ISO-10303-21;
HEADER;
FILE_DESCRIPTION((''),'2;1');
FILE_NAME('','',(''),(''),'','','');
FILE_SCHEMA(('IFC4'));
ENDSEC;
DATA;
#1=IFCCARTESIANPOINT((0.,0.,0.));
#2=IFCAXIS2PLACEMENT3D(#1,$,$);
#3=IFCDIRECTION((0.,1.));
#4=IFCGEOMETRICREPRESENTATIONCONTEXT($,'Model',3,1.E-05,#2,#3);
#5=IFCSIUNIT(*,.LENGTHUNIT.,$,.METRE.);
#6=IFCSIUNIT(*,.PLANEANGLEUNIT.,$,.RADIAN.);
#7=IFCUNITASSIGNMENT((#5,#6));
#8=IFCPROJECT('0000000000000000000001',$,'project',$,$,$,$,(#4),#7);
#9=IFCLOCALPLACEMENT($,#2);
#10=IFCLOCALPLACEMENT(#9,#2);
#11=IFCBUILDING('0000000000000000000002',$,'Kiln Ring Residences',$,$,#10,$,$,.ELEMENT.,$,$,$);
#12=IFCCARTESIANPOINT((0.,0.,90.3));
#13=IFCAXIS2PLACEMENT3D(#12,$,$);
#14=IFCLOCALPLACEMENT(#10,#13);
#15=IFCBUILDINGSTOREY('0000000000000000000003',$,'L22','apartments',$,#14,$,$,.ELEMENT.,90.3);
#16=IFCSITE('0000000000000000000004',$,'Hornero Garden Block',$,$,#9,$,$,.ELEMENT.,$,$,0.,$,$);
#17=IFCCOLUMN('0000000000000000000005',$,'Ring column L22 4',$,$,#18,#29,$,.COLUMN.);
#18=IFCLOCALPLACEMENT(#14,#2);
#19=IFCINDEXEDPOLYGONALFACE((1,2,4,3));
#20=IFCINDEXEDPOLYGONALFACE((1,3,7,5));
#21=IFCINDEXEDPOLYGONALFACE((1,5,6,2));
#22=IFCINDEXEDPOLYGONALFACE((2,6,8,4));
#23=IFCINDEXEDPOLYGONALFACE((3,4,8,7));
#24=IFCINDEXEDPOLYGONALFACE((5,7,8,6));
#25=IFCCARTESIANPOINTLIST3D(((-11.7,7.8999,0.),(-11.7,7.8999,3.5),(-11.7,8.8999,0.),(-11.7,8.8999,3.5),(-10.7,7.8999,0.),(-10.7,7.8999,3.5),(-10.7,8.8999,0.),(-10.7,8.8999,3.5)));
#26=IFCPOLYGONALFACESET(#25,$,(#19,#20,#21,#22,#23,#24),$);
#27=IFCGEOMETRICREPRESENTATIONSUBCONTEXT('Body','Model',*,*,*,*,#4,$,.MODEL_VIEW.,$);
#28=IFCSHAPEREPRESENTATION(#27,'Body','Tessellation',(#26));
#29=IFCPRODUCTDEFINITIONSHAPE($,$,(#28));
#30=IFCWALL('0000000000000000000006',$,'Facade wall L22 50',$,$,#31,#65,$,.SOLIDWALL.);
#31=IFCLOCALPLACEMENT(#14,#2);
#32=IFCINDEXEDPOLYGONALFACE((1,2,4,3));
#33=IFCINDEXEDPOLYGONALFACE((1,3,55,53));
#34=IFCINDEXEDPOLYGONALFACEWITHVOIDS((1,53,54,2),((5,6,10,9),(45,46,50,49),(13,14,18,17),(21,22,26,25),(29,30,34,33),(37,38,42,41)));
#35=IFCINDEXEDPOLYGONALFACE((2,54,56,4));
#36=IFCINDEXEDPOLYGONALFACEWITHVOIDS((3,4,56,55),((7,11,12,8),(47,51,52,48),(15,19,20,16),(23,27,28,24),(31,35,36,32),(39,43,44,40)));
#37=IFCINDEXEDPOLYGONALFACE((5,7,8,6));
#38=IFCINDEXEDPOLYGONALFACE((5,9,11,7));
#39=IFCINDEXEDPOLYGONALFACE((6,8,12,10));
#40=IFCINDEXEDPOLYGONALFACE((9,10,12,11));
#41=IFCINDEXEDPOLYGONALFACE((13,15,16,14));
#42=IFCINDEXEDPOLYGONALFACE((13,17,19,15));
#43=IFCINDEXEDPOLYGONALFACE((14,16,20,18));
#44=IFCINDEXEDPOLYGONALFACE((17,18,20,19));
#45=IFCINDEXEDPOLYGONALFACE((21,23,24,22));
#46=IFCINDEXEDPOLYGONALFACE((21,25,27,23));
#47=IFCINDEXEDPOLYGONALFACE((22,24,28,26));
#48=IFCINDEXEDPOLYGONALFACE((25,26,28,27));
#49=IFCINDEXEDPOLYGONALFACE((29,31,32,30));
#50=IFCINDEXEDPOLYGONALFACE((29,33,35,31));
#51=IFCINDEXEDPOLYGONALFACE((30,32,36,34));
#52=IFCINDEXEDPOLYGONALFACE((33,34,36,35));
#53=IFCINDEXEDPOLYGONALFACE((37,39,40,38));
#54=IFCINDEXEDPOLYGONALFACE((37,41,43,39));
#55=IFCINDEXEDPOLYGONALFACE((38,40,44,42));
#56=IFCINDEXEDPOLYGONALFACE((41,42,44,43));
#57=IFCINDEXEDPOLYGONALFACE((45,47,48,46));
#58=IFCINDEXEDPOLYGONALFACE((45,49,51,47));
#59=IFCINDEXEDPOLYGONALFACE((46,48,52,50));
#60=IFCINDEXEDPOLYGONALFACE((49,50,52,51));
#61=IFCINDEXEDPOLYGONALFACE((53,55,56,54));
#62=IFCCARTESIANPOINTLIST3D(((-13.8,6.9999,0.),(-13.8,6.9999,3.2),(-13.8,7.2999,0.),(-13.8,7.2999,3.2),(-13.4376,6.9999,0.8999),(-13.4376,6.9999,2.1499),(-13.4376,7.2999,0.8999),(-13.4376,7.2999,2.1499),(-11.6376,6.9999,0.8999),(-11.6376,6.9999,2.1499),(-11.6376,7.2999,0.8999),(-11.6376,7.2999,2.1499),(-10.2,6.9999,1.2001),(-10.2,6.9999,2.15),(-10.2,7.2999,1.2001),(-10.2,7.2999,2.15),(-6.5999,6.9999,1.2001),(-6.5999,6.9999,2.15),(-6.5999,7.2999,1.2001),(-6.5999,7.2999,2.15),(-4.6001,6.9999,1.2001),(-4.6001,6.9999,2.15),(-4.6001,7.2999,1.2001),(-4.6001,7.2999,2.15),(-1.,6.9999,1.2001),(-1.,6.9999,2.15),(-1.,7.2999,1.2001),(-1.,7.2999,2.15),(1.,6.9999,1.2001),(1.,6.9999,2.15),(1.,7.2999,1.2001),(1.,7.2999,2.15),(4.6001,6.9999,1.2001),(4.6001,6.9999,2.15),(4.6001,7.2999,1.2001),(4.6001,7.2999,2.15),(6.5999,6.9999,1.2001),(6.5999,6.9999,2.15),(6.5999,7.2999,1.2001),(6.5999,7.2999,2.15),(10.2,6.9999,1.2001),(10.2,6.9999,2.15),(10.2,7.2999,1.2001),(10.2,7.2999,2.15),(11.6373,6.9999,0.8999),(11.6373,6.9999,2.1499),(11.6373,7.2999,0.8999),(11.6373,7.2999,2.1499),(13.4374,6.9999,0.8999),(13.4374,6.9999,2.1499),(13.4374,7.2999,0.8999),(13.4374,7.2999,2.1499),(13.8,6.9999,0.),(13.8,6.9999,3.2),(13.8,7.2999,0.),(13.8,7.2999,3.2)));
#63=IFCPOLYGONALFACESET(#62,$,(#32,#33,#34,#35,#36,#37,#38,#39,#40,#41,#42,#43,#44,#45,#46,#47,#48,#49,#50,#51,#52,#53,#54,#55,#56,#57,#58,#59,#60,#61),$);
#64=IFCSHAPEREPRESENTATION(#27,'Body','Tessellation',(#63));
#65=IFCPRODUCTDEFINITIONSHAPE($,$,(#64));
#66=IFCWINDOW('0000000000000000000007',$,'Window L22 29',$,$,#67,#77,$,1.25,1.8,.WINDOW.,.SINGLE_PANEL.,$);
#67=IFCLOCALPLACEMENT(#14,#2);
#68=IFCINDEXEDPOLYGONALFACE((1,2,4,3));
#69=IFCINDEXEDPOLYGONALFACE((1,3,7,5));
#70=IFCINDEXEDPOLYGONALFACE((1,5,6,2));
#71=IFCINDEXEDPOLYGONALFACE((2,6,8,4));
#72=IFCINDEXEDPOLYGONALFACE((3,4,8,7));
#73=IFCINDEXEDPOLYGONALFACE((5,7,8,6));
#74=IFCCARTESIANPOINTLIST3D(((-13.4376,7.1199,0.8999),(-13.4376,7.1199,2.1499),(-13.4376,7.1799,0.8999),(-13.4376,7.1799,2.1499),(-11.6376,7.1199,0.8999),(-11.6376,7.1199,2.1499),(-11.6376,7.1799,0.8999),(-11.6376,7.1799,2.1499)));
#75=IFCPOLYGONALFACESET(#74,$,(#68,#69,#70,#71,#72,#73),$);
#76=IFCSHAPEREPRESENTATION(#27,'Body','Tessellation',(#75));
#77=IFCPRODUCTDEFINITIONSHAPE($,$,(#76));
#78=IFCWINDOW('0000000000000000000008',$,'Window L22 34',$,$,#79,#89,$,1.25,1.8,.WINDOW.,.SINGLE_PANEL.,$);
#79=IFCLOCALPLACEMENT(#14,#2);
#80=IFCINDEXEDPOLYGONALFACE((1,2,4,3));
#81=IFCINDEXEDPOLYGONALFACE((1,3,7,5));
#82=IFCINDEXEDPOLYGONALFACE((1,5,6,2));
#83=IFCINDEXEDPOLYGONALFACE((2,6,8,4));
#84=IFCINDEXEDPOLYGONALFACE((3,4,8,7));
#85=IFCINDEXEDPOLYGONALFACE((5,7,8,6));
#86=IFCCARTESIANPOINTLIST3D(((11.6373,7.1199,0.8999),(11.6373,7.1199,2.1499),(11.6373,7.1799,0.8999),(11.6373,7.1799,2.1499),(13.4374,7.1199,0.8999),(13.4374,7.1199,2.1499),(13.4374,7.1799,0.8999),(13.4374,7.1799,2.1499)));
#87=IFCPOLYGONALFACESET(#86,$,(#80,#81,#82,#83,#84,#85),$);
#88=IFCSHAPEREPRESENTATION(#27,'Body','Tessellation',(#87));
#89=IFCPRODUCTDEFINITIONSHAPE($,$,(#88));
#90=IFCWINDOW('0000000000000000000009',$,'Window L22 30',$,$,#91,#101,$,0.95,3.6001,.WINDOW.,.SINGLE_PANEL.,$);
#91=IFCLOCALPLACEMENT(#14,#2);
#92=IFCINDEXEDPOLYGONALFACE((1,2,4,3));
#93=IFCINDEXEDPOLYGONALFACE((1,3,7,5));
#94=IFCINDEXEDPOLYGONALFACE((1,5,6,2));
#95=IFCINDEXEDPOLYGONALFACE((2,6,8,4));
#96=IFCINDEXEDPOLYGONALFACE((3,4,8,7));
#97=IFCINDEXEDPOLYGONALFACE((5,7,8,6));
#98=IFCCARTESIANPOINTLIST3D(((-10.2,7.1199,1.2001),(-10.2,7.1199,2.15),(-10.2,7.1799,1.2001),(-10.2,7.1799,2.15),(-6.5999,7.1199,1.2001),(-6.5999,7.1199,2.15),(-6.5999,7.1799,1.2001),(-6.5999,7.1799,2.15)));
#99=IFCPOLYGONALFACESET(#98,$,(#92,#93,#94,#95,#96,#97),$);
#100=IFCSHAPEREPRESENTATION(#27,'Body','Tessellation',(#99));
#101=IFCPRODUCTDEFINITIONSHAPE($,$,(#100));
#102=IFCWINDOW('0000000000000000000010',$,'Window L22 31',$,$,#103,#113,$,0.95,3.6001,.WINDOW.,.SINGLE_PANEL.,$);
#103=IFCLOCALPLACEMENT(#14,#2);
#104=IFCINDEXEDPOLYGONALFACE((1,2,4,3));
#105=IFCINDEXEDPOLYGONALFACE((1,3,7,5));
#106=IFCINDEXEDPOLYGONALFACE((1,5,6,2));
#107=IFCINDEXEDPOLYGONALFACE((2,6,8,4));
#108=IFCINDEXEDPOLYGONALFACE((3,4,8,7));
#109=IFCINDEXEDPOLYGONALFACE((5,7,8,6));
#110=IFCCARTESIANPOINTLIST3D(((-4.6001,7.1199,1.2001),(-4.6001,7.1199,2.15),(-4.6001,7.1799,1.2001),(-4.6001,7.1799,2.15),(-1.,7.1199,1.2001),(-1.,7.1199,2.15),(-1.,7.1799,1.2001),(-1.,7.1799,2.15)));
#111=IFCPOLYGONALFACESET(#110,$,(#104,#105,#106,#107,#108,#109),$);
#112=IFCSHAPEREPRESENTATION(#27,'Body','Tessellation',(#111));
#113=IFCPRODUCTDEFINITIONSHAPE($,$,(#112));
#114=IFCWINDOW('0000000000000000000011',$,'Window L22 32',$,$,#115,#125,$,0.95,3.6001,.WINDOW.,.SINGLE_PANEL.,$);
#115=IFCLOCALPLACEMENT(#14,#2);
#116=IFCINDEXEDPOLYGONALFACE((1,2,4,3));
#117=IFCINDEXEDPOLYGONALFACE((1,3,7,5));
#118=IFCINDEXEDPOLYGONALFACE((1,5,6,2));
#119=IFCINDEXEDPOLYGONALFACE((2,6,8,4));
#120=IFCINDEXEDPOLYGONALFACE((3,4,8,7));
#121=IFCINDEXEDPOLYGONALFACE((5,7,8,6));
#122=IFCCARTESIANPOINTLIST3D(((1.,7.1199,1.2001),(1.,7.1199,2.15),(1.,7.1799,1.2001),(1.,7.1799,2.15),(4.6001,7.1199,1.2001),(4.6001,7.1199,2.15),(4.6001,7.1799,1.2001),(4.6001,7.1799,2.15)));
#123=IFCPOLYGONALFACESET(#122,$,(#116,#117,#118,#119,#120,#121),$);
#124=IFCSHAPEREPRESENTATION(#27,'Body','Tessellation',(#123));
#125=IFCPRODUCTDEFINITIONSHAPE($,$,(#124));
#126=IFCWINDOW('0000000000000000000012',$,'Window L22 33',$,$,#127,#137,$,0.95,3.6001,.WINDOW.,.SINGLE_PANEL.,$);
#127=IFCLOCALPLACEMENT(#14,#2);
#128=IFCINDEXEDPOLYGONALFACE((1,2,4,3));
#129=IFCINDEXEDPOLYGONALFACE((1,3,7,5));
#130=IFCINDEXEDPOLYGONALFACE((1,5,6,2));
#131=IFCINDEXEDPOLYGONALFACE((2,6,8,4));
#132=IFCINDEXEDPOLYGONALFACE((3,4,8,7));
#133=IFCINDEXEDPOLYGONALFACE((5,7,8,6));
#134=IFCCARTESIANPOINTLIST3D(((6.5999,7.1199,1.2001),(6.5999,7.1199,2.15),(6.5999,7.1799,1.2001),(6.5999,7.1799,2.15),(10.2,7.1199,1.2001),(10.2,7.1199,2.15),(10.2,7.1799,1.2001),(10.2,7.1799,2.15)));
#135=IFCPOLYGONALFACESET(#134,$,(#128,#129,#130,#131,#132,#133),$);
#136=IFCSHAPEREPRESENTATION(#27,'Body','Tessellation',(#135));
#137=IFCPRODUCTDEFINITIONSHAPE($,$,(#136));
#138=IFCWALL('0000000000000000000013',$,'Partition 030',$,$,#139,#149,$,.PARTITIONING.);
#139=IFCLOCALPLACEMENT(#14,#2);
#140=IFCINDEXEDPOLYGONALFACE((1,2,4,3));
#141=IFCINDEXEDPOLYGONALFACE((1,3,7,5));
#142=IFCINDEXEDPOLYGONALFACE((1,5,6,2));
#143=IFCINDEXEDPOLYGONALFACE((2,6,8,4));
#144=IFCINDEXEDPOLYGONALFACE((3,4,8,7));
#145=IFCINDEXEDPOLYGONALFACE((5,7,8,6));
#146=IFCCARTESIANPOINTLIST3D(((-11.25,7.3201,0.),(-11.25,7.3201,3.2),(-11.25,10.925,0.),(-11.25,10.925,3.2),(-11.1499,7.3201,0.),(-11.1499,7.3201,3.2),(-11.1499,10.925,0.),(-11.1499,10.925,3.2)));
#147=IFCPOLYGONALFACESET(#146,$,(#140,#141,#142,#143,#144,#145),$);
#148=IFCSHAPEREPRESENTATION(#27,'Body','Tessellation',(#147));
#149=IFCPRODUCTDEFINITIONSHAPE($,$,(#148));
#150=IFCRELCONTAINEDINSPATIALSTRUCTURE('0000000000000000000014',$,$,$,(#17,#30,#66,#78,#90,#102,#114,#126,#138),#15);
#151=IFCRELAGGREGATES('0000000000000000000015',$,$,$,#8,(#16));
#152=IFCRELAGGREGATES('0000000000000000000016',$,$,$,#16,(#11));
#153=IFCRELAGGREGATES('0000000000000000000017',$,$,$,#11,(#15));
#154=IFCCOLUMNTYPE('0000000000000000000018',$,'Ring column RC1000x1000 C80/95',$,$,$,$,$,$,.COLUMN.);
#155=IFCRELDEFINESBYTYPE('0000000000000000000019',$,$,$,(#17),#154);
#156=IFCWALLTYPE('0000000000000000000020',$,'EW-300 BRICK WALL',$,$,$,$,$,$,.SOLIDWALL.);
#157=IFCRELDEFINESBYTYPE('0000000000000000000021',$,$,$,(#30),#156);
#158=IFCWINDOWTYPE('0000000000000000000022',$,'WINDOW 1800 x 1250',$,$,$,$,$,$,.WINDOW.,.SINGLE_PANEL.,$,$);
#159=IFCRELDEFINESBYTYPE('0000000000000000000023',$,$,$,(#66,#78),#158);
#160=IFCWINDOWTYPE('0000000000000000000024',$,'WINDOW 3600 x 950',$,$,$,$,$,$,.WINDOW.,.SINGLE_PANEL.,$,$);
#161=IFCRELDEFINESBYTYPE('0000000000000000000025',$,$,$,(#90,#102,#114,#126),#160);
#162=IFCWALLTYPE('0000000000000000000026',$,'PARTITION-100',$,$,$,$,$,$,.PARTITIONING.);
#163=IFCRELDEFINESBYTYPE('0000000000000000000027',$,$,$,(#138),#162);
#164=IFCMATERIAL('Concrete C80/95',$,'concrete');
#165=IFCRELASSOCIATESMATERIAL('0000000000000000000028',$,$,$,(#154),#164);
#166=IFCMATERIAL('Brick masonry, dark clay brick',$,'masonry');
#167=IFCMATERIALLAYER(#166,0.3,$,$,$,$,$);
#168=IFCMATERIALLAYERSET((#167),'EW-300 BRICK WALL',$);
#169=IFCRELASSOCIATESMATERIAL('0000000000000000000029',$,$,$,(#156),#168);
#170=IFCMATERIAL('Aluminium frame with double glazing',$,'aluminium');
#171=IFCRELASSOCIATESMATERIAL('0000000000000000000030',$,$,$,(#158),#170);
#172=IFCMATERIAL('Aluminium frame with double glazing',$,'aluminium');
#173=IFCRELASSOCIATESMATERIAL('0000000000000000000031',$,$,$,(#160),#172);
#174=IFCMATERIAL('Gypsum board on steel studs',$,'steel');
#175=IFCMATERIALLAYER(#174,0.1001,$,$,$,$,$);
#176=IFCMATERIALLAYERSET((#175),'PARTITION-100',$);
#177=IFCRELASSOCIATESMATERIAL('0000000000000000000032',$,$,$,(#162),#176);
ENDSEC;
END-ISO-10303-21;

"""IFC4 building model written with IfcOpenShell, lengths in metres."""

from ifc_helpers import new_model, si_unit, direction, frame, frame_2d, origin, origin_2d, place, context, subcontext, project, spatial, rectangle, extrude, material, layer, layer_set, material_profile, profile_set, type_object, element, fill, save


model = new_model("IFC4")

# Units and contexts
model_context = context("Model", 3, precision=1e-05, world=origin(), true_north=direction((0.0, 1.0)))
body_context = subcontext(model_context, "Body", "Model", "MODEL_VIEW")
ifc_project = project(units=[si_unit("LENGTHUNIT", "METRE"), si_unit("PLANEANGLEUNIT", "RADIAN")], contexts=[model_context])

# Site, building, storey
site_placement = place(None, origin())
site = spatial("IfcSite", under=ifc_project, at=site_placement, Name="Hornero Garden Block", CompositionType="ELEMENT", RefElevation=0.0)
building_placement = place(site_placement, origin())
building = spatial("IfcBuilding", under=site, at=building_placement, Name="Kiln Ring Residences", CompositionType="ELEMENT")
storey_placement = place(building_placement, frame((0.0, 0.0, 90.3)))
storey = spatial("IfcBuildingStorey", under=building, at=storey_placement, Name="L22", Description="apartments", CompositionType="ELEMENT", Elevation=90.3)

# Column
ifc_material_1 = material(Name="Concrete C80/95", Category="concrete")
ifc_material_profile = material_profile(ifc_material_1, rectangle(XDim=1.0, YDim=1.0, at=origin_2d()), Name="RC1000x1000")
ifc_profile_set = profile_set([ifc_material_profile], Name="Concrete C80/95")
column_type = type_object("IfcColumnType", Name="Ring column RC1000x1000 C80/95", PredefinedType="COLUMN", material=ifc_profile_set)
column_placement = place(storey_placement, frame((-11.2, 8.3999, 0.0), z_axis=(0.0, 0.0, 1.0), x_axis=(1.0, 0.0, 0.0)))
element("IfcColumn", 1, at=column_placement, inside=storey, type_object=column_type, Name="Ring column L22 4", PredefinedType="COLUMN", context=body_context, shape_type="SweptSolid", body=[
    extrude(rectangle(XDim=1.0, YDim=1.0, at=origin_2d()), origin(), (0.0, 0.0, 1.0), 3.5),
])

# Wall, openings, windows
ifc_material_2 = material(Name="Brick masonry, dark clay brick", Category="masonry")
ifc_layer_1 = layer(ifc_material_2, 0.3)
ifc_layer_set_1 = layer_set([ifc_layer_1], Name="EW-300 BRICK WALL")
wall_type_1 = type_object("IfcWallType", Name="EW-300 BRICK WALL", PredefinedType="SOLIDWALL", material=ifc_layer_set_1)
wall_1_placement = place(storey_placement, frame((-13.8, 7.1499, 0.0), z_axis=(0.0, 0.0, 1.0), x_axis=(1.0, 0.0, 0.0)))
wall_1 = element("IfcWall", 2, at=wall_1_placement, inside=storey, type_object=wall_type_1, Name="Facade wall L22 50", PredefinedType="SOLIDWALL", context=body_context, shape_type="SweptSolid", body=[
    extrude(rectangle(XDim=27.6001, YDim=0.3, at=frame_2d((13.8, 0.0))), origin(), (0.0, 0.0, 1.0), 3.2),
])
opening_1_placement = place(wall_1_placement, frame((0.3625, 0.0, 0.8999)))
opening_1 = element("IfcOpeningElement", 3, at=opening_1_placement, cuts=wall_1, PredefinedType="OPENING", context=body_context, shape_type="SweptSolid", body=[
    extrude(rectangle(XDim=1.8, YDim=1.25, at=frame_2d((0.8999, 0.625))), frame((0.0, 0.1599, 0.0), z_axis=(0.0, -1.0, 0.0), x_axis=(1.0, 0.0, 0.0)), (0.0, 0.0, 1.0), 0.3201),
])
opening_2_placement = place(wall_1_placement, frame((3.6001, 0.0, 1.2)))
opening_2 = element("IfcOpeningElement", 4, at=opening_2_placement, cuts=wall_1, PredefinedType="OPENING", context=body_context, shape_type="SweptSolid", body=[
    extrude(rectangle(XDim=3.6001, YDim=0.95, at=frame_2d((1.8, 0.4751))), frame((0.0, 0.1599, 0.0), z_axis=(0.0, -1.0, 0.0), x_axis=(1.0, 0.0, 0.0)), (0.0, 0.0, 1.0), 0.3201),
])
opening_3_placement = place(wall_1_placement, frame((9.2, 0.0, 1.2)))
opening_3 = element("IfcOpeningElement", 5, at=opening_3_placement, cuts=wall_1, PredefinedType="OPENING", context=body_context, shape_type="SweptSolid", body=[
    extrude(rectangle(XDim=3.6001, YDim=0.95, at=frame_2d((1.8, 0.4751))), frame((0.0, 0.1599, 0.0), z_axis=(0.0, -1.0, 0.0), x_axis=(1.0, 0.0, 0.0)), (0.0, 0.0, 1.0), 0.3201),
])
opening_4_placement = place(wall_1_placement, frame((14.8, 0.0, 1.2)))
opening_4 = element("IfcOpeningElement", 6, at=opening_4_placement, cuts=wall_1, PredefinedType="OPENING", context=body_context, shape_type="SweptSolid", body=[
    extrude(rectangle(XDim=3.6001, YDim=0.95, at=frame_2d((1.8, 0.4751))), frame((0.0, 0.1599, 0.0), z_axis=(0.0, -1.0, 0.0), x_axis=(1.0, 0.0, 0.0)), (0.0, 0.0, 1.0), 0.3201),
])
opening_5_placement = place(wall_1_placement, frame((20.3999, 0.0, 1.2)))
opening_5 = element("IfcOpeningElement", 7, at=opening_5_placement, cuts=wall_1, PredefinedType="OPENING", context=body_context, shape_type="SweptSolid", body=[
    extrude(rectangle(XDim=3.6001, YDim=0.95, at=frame_2d((1.8, 0.4751))), frame((0.0, 0.1599, 0.0), z_axis=(0.0, -1.0, 0.0), x_axis=(1.0, 0.0, 0.0)), (0.0, 0.0, 1.0), 0.3201),
])
opening_6_placement = place(wall_1_placement, frame((25.4375, 0.0, 0.8999)))
opening_6 = element("IfcOpeningElement", 8, at=opening_6_placement, cuts=wall_1, PredefinedType="OPENING", context=body_context, shape_type="SweptSolid", body=[
    extrude(rectangle(XDim=1.8, YDim=1.25, at=frame_2d((0.8999, 0.625))), frame((0.0, 0.1599, 0.0), z_axis=(0.0, -1.0, 0.0), x_axis=(1.0, 0.0, 0.0)), (0.0, 0.0, 1.0), 0.3201),
])
ifc_material_3 = material(Name="Aluminium frame with double glazing", Category="aluminium")
window_type_1 = type_object("IfcWindowType", Name="WINDOW 1800 x 1250", PartitioningType="SINGLE_PANEL", PredefinedType="WINDOW", material=ifc_material_3)
window_1_placement = place(opening_1_placement, origin())
window_1 = element("IfcWindow", 9, at=window_1_placement, inside=storey, type_object=window_type_1, Name="Window L22 29", OverallHeight=1.25, OverallWidth=1.8, PartitioningType="SINGLE_PANEL", PredefinedType="WINDOW", context=body_context, shape_type="SweptSolid", body=[
    extrude(rectangle(XDim=1.8, YDim=1.25, at=frame_2d((0.8999, 0.625))), frame((0.0, 0.03, 0.0), z_axis=(0.0, -1.0, 0.0), x_axis=(1.0, 0.0, 0.0)), (0.0, 0.0, 1.0), 0.0601),
])
fill(opening_1, window_1)
window_2_placement = place(opening_6_placement, origin())
window_2 = element("IfcWindow", 10, at=window_2_placement, inside=storey, type_object=window_type_1, Name="Window L22 34", OverallHeight=1.25, OverallWidth=1.8, PartitioningType="SINGLE_PANEL", PredefinedType="WINDOW", context=body_context, shape_type="SweptSolid", body=[
    extrude(rectangle(XDim=1.8, YDim=1.25, at=frame_2d((0.8999, 0.625))), frame((0.0, 0.03, 0.0), z_axis=(0.0, -1.0, 0.0), x_axis=(1.0, 0.0, 0.0)), (0.0, 0.0, 1.0), 0.0601),
])
fill(opening_6, window_2)
ifc_material_4 = material(Name="Aluminium frame with double glazing", Category="aluminium")
window_type_2 = type_object("IfcWindowType", Name="WINDOW 3600 x 950", PartitioningType="SINGLE_PANEL", PredefinedType="WINDOW", material=ifc_material_4)
window_3_placement = place(opening_2_placement, origin())
window_3 = element("IfcWindow", 11, at=window_3_placement, inside=storey, type_object=window_type_2, Name="Window L22 30", OverallHeight=0.95, OverallWidth=3.6001, PartitioningType="SINGLE_PANEL", PredefinedType="WINDOW", context=body_context, shape_type="SweptSolid", body=[
    extrude(rectangle(XDim=3.6001, YDim=0.95, at=frame_2d((1.8, 0.4751))), frame((0.0, 0.03, 0.0), z_axis=(0.0, -1.0, 0.0), x_axis=(1.0, 0.0, 0.0)), (0.0, 0.0, 1.0), 0.0601),
])
fill(opening_2, window_3)
window_4_placement = place(opening_3_placement, origin())
window_4 = element("IfcWindow", 12, at=window_4_placement, inside=storey, type_object=window_type_2, Name="Window L22 31", OverallHeight=0.95, OverallWidth=3.6001, PartitioningType="SINGLE_PANEL", PredefinedType="WINDOW", context=body_context, shape_type="SweptSolid", body=[
    extrude(rectangle(XDim=3.6001, YDim=0.95, at=frame_2d((1.8, 0.4751))), frame((0.0, 0.03, 0.0), z_axis=(0.0, -1.0, 0.0), x_axis=(1.0, 0.0, 0.0)), (0.0, 0.0, 1.0), 0.0601),
])
fill(opening_3, window_4)
window_5_placement = place(opening_4_placement, origin())
window_5 = element("IfcWindow", 13, at=window_5_placement, inside=storey, type_object=window_type_2, Name="Window L22 32", OverallHeight=0.95, OverallWidth=3.6001, PartitioningType="SINGLE_PANEL", PredefinedType="WINDOW", context=body_context, shape_type="SweptSolid", body=[
    extrude(rectangle(XDim=3.6001, YDim=0.95, at=frame_2d((1.8, 0.4751))), frame((0.0, 0.03, 0.0), z_axis=(0.0, -1.0, 0.0), x_axis=(1.0, 0.0, 0.0)), (0.0, 0.0, 1.0), 0.0601),
])
fill(opening_4, window_5)
window_6_placement = place(opening_5_placement, origin())
window_6 = element("IfcWindow", 14, at=window_6_placement, inside=storey, type_object=window_type_2, Name="Window L22 33", OverallHeight=0.95, OverallWidth=3.6001, PartitioningType="SINGLE_PANEL", PredefinedType="WINDOW", context=body_context, shape_type="SweptSolid", body=[
    extrude(rectangle(XDim=3.6001, YDim=0.95, at=frame_2d((1.8, 0.4751))), frame((0.0, 0.03, 0.0), z_axis=(0.0, -1.0, 0.0), x_axis=(1.0, 0.0, 0.0)), (0.0, 0.0, 1.0), 0.0601),
])
fill(opening_5, window_6)

# Wall
ifc_material_5 = material(Name="Gypsum board on steel studs", Category="steel")
ifc_layer_2 = layer(ifc_material_5, 0.1001)
ifc_layer_set_2 = layer_set([ifc_layer_2], Name="PARTITION-100")
wall_type_2 = type_object("IfcWallType", Name="PARTITION-100", PredefinedType="PARTITIONING", material=ifc_layer_set_2)
wall_2_placement = place(storey_placement, frame((-11.2, 7.3201, 0.0), z_axis=(0.0, 0.0, 1.0), x_axis=(0.0, 1.0, 0.0)))
element("IfcWall", 15, at=wall_2_placement, inside=storey, type_object=wall_type_2, Name="Partition 030", PredefinedType="PARTITIONING", context=body_context, shape_type="SweptSolid", body=[
    extrude(rectangle(XDim=3.605, YDim=0.1001, at=frame_2d((1.8025, 0.0))), origin(), (0.0, 0.0, 1.0), 3.2),
])

save(model, "model.ifc")
